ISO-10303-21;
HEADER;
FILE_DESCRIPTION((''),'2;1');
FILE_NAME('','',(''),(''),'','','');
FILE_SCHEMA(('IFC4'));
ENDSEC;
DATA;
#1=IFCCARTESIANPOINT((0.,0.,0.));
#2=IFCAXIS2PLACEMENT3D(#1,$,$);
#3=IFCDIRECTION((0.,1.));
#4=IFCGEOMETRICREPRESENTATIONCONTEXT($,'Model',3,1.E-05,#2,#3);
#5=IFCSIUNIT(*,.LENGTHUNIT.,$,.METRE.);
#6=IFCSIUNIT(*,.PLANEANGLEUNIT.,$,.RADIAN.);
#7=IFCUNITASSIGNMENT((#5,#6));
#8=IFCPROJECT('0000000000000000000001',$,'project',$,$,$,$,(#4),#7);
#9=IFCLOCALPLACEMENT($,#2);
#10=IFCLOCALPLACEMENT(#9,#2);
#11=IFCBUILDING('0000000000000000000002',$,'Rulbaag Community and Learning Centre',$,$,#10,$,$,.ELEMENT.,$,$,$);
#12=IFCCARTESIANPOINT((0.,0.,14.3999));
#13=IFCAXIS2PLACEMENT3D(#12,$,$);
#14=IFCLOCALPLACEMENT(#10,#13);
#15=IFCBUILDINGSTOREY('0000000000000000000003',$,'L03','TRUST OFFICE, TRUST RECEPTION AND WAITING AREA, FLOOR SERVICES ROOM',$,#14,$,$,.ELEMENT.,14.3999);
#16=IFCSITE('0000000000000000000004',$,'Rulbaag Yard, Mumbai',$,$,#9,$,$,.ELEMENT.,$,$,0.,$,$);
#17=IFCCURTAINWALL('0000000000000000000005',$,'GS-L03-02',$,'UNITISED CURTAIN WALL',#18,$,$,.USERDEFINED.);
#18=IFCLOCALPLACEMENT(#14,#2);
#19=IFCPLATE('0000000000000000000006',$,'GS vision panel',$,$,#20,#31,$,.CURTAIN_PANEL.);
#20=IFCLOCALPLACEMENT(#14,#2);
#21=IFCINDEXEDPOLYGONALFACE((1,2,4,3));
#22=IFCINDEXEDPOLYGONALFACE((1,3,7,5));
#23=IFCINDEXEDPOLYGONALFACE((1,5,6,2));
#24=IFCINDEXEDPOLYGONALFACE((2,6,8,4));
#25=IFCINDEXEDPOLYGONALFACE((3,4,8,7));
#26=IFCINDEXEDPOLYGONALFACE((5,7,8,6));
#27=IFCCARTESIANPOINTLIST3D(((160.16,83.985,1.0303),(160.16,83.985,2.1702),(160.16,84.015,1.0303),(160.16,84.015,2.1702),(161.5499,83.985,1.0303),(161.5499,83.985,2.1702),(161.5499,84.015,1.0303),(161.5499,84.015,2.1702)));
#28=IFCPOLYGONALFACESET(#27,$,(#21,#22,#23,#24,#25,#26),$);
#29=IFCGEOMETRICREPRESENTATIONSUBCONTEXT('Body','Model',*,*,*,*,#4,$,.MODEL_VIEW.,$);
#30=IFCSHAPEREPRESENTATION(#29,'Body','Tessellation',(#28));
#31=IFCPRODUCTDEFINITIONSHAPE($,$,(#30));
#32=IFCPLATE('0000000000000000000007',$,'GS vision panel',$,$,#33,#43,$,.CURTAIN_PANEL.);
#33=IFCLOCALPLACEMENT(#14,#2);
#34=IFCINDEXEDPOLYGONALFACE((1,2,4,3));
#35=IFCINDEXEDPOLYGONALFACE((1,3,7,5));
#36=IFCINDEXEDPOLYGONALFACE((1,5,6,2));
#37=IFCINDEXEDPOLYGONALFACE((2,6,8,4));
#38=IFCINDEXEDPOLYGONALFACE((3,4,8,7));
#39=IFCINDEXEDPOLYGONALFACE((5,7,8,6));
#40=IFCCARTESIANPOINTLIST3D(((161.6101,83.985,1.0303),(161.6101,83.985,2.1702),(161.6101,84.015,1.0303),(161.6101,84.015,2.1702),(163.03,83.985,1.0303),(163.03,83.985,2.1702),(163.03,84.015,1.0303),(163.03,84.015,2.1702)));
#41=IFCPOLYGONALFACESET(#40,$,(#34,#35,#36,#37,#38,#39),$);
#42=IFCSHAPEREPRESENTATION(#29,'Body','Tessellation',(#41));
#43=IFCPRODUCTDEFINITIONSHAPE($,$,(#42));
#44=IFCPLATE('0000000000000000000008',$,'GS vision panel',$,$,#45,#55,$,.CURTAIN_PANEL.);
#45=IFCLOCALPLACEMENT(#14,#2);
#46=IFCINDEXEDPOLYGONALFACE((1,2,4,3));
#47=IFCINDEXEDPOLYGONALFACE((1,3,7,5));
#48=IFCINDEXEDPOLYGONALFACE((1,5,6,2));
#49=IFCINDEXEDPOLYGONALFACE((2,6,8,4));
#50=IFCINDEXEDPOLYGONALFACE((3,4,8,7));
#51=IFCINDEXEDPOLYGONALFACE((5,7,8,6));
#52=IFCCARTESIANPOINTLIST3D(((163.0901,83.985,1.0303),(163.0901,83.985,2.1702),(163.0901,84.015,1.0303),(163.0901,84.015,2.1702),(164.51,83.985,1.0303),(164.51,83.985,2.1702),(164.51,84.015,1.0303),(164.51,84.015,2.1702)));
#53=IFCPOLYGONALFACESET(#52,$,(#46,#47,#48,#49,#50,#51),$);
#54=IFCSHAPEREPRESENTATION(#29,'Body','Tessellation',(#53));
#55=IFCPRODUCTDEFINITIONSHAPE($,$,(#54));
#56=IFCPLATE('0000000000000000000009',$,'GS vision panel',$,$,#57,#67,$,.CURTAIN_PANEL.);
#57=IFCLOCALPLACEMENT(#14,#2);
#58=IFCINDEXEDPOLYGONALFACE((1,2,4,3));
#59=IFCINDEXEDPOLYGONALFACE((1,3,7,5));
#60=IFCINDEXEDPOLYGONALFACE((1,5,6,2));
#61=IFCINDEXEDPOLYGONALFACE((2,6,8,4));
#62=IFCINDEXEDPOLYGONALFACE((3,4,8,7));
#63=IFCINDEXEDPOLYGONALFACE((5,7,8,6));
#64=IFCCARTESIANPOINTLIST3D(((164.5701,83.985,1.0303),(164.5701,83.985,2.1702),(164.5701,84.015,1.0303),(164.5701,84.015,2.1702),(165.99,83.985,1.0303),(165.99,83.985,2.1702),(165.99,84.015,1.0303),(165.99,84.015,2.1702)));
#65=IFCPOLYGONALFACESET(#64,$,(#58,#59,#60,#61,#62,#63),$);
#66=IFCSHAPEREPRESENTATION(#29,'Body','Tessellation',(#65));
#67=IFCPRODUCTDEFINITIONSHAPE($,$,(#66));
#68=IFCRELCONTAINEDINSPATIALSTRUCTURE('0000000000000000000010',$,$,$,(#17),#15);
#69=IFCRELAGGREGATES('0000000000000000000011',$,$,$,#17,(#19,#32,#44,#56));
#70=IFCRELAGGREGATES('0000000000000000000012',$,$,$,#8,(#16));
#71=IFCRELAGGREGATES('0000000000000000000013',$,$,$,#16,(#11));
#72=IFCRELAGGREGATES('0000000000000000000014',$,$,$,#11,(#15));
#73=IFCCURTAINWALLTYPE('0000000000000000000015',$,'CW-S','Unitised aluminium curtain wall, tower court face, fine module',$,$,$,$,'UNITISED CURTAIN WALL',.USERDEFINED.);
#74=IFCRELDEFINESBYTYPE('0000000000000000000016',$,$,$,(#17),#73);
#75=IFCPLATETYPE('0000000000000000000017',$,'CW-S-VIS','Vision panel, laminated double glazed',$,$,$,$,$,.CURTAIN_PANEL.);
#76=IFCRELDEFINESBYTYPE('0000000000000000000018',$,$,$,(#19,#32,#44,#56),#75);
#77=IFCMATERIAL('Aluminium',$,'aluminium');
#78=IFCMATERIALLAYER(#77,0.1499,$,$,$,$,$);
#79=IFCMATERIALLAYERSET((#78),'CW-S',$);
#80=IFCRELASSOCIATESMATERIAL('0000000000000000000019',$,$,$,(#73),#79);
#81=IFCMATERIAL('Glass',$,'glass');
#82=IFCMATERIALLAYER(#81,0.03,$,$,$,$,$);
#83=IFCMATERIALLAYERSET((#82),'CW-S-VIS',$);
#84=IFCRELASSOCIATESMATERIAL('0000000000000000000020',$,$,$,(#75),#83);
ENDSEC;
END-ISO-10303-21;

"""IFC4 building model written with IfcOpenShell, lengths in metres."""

from ifc_helpers import new_model, si_unit, direction, frame, origin, origin_2d, place, context, subcontext, project, spatial, rectangle, extrude, material, layer, layer_set, type_object, element, aggregate, save


model = new_model("IFC4")

# Units and contexts
model_context = context("Model", 3, precision=1e-05, world=origin(), true_north=direction((0.0, 1.0)))
body_context = subcontext(model_context, "Body", "Model", "MODEL_VIEW")
ifc_project = project(units=[si_unit("LENGTHUNIT", "METRE"), si_unit("PLANEANGLEUNIT", "RADIAN")], contexts=[model_context])

# Site, building, storey
site_placement = place(None, origin())
site = spatial("IfcSite", under=ifc_project, at=site_placement, Name="Rulbaag Yard, Mumbai", CompositionType="ELEMENT", RefElevation=0.0)
building_placement = place(site_placement, origin())
building = spatial("IfcBuilding", under=site, at=building_placement, Name="Rulbaag Community and Learning Centre", CompositionType="ELEMENT")
storey_placement = place(building_placement, frame((0.0, 0.0, 14.3999)))
storey = spatial("IfcBuildingStorey", under=building, at=storey_placement, Name="L03", Description="TRUST OFFICE, TRUST RECEPTION AND WAITING AREA, FLOOR SERVICES ROOM", CompositionType="ELEMENT", Elevation=14.3999)

# Curtain wall, plates
ifc_material_1 = material(Name="Aluminium", Category="aluminium")
ifc_layer_1 = layer(ifc_material_1, 0.1499)
ifc_layer_set_1 = layer_set([ifc_layer_1], Name="CW-S")
curtain_wall_type = type_object("IfcCurtainWallType", Name="CW-S", Description="Unitised aluminium curtain wall, tower court face, fine module", ElementType="UNITISED CURTAIN WALL", PredefinedType="USERDEFINED", material=ifc_layer_set_1)
curtain_wall_placement = place(storey_placement, origin())
curtain_wall = element("IfcCurtainWall", 1, at=curtain_wall_placement, inside=storey, type_object=curtain_wall_type, Name="GS-L03-02", ObjectType="UNITISED CURTAIN WALL", PredefinedType="USERDEFINED")
ifc_material_2 = material(Name="Glass", Category="glass")
ifc_layer_2 = layer(ifc_material_2, 0.03)
ifc_layer_set_2 = layer_set([ifc_layer_2], Name="CW-S-VIS")
plate_type_1 = type_object("IfcPlateType", Name="CW-S-VIS", Description="Vision panel, laminated double glazed", PredefinedType="CURTAIN_PANEL", material=ifc_layer_set_2)
plate_1_placement = place(storey_placement, frame((160.855, 84.0, 1.0303), z_axis=(0.0, 0.0, 1.0), x_axis=(1.0, 0.0, 0.0)))
plate_1 = element("IfcPlate", 2, at=plate_1_placement, type_object=plate_type_1, Name="GS vision panel", PredefinedType="CURTAIN_PANEL", context=body_context, shape_type="SweptSolid", body=[
    extrude(rectangle(XDim=1.3899, YDim=0.03, at=origin_2d()), origin(), (0.0, 0.0, 1.0), 1.1399),
])
plate_2_placement = place(storey_placement, frame((162.3201, 84.0, 1.0303), z_axis=(0.0, 0.0, 1.0), x_axis=(1.0, 0.0, 0.0)))
plate_2 = element("IfcPlate", 3, at=plate_2_placement, type_object=plate_type_1, Name="GS vision panel", PredefinedType="CURTAIN_PANEL", context=body_context, shape_type="SweptSolid", body=[
    extrude(rectangle(XDim=1.4199, YDim=0.03, at=origin_2d()), origin(), (0.0, 0.0, 1.0), 1.1399),
])
plate_3_placement = place(storey_placement, frame((163.8, 84.0, 1.0303), z_axis=(0.0, 0.0, 1.0), x_axis=(1.0, 0.0, 0.0)))
plate_3 = element("IfcPlate", 4, at=plate_3_placement, type_object=plate_type_1, Name="GS vision panel", PredefinedType="CURTAIN_PANEL", context=body_context, shape_type="SweptSolid", body=[
    extrude(rectangle(XDim=1.4199, YDim=0.03, at=origin_2d()), origin(), (0.0, 0.0, 1.0), 1.1399),
])
plate_4_placement = place(storey_placement, frame((165.28, 84.0, 1.0303), z_axis=(0.0, 0.0, 1.0), x_axis=(1.0, 0.0, 0.0)))
plate_4 = element("IfcPlate", 5, at=plate_4_placement, type_object=plate_type_1, Name="GS vision panel", PredefinedType="CURTAIN_PANEL", context=body_context, shape_type="SweptSolid", body=[
    extrude(rectangle(XDim=1.4199, YDim=0.03, at=origin_2d()), origin(), (0.0, 0.0, 1.0), 1.1399),
])
aggregate(curtain_wall, [plate_1, plate_2, plate_3, plate_4])

save(model, "model.ifc")
